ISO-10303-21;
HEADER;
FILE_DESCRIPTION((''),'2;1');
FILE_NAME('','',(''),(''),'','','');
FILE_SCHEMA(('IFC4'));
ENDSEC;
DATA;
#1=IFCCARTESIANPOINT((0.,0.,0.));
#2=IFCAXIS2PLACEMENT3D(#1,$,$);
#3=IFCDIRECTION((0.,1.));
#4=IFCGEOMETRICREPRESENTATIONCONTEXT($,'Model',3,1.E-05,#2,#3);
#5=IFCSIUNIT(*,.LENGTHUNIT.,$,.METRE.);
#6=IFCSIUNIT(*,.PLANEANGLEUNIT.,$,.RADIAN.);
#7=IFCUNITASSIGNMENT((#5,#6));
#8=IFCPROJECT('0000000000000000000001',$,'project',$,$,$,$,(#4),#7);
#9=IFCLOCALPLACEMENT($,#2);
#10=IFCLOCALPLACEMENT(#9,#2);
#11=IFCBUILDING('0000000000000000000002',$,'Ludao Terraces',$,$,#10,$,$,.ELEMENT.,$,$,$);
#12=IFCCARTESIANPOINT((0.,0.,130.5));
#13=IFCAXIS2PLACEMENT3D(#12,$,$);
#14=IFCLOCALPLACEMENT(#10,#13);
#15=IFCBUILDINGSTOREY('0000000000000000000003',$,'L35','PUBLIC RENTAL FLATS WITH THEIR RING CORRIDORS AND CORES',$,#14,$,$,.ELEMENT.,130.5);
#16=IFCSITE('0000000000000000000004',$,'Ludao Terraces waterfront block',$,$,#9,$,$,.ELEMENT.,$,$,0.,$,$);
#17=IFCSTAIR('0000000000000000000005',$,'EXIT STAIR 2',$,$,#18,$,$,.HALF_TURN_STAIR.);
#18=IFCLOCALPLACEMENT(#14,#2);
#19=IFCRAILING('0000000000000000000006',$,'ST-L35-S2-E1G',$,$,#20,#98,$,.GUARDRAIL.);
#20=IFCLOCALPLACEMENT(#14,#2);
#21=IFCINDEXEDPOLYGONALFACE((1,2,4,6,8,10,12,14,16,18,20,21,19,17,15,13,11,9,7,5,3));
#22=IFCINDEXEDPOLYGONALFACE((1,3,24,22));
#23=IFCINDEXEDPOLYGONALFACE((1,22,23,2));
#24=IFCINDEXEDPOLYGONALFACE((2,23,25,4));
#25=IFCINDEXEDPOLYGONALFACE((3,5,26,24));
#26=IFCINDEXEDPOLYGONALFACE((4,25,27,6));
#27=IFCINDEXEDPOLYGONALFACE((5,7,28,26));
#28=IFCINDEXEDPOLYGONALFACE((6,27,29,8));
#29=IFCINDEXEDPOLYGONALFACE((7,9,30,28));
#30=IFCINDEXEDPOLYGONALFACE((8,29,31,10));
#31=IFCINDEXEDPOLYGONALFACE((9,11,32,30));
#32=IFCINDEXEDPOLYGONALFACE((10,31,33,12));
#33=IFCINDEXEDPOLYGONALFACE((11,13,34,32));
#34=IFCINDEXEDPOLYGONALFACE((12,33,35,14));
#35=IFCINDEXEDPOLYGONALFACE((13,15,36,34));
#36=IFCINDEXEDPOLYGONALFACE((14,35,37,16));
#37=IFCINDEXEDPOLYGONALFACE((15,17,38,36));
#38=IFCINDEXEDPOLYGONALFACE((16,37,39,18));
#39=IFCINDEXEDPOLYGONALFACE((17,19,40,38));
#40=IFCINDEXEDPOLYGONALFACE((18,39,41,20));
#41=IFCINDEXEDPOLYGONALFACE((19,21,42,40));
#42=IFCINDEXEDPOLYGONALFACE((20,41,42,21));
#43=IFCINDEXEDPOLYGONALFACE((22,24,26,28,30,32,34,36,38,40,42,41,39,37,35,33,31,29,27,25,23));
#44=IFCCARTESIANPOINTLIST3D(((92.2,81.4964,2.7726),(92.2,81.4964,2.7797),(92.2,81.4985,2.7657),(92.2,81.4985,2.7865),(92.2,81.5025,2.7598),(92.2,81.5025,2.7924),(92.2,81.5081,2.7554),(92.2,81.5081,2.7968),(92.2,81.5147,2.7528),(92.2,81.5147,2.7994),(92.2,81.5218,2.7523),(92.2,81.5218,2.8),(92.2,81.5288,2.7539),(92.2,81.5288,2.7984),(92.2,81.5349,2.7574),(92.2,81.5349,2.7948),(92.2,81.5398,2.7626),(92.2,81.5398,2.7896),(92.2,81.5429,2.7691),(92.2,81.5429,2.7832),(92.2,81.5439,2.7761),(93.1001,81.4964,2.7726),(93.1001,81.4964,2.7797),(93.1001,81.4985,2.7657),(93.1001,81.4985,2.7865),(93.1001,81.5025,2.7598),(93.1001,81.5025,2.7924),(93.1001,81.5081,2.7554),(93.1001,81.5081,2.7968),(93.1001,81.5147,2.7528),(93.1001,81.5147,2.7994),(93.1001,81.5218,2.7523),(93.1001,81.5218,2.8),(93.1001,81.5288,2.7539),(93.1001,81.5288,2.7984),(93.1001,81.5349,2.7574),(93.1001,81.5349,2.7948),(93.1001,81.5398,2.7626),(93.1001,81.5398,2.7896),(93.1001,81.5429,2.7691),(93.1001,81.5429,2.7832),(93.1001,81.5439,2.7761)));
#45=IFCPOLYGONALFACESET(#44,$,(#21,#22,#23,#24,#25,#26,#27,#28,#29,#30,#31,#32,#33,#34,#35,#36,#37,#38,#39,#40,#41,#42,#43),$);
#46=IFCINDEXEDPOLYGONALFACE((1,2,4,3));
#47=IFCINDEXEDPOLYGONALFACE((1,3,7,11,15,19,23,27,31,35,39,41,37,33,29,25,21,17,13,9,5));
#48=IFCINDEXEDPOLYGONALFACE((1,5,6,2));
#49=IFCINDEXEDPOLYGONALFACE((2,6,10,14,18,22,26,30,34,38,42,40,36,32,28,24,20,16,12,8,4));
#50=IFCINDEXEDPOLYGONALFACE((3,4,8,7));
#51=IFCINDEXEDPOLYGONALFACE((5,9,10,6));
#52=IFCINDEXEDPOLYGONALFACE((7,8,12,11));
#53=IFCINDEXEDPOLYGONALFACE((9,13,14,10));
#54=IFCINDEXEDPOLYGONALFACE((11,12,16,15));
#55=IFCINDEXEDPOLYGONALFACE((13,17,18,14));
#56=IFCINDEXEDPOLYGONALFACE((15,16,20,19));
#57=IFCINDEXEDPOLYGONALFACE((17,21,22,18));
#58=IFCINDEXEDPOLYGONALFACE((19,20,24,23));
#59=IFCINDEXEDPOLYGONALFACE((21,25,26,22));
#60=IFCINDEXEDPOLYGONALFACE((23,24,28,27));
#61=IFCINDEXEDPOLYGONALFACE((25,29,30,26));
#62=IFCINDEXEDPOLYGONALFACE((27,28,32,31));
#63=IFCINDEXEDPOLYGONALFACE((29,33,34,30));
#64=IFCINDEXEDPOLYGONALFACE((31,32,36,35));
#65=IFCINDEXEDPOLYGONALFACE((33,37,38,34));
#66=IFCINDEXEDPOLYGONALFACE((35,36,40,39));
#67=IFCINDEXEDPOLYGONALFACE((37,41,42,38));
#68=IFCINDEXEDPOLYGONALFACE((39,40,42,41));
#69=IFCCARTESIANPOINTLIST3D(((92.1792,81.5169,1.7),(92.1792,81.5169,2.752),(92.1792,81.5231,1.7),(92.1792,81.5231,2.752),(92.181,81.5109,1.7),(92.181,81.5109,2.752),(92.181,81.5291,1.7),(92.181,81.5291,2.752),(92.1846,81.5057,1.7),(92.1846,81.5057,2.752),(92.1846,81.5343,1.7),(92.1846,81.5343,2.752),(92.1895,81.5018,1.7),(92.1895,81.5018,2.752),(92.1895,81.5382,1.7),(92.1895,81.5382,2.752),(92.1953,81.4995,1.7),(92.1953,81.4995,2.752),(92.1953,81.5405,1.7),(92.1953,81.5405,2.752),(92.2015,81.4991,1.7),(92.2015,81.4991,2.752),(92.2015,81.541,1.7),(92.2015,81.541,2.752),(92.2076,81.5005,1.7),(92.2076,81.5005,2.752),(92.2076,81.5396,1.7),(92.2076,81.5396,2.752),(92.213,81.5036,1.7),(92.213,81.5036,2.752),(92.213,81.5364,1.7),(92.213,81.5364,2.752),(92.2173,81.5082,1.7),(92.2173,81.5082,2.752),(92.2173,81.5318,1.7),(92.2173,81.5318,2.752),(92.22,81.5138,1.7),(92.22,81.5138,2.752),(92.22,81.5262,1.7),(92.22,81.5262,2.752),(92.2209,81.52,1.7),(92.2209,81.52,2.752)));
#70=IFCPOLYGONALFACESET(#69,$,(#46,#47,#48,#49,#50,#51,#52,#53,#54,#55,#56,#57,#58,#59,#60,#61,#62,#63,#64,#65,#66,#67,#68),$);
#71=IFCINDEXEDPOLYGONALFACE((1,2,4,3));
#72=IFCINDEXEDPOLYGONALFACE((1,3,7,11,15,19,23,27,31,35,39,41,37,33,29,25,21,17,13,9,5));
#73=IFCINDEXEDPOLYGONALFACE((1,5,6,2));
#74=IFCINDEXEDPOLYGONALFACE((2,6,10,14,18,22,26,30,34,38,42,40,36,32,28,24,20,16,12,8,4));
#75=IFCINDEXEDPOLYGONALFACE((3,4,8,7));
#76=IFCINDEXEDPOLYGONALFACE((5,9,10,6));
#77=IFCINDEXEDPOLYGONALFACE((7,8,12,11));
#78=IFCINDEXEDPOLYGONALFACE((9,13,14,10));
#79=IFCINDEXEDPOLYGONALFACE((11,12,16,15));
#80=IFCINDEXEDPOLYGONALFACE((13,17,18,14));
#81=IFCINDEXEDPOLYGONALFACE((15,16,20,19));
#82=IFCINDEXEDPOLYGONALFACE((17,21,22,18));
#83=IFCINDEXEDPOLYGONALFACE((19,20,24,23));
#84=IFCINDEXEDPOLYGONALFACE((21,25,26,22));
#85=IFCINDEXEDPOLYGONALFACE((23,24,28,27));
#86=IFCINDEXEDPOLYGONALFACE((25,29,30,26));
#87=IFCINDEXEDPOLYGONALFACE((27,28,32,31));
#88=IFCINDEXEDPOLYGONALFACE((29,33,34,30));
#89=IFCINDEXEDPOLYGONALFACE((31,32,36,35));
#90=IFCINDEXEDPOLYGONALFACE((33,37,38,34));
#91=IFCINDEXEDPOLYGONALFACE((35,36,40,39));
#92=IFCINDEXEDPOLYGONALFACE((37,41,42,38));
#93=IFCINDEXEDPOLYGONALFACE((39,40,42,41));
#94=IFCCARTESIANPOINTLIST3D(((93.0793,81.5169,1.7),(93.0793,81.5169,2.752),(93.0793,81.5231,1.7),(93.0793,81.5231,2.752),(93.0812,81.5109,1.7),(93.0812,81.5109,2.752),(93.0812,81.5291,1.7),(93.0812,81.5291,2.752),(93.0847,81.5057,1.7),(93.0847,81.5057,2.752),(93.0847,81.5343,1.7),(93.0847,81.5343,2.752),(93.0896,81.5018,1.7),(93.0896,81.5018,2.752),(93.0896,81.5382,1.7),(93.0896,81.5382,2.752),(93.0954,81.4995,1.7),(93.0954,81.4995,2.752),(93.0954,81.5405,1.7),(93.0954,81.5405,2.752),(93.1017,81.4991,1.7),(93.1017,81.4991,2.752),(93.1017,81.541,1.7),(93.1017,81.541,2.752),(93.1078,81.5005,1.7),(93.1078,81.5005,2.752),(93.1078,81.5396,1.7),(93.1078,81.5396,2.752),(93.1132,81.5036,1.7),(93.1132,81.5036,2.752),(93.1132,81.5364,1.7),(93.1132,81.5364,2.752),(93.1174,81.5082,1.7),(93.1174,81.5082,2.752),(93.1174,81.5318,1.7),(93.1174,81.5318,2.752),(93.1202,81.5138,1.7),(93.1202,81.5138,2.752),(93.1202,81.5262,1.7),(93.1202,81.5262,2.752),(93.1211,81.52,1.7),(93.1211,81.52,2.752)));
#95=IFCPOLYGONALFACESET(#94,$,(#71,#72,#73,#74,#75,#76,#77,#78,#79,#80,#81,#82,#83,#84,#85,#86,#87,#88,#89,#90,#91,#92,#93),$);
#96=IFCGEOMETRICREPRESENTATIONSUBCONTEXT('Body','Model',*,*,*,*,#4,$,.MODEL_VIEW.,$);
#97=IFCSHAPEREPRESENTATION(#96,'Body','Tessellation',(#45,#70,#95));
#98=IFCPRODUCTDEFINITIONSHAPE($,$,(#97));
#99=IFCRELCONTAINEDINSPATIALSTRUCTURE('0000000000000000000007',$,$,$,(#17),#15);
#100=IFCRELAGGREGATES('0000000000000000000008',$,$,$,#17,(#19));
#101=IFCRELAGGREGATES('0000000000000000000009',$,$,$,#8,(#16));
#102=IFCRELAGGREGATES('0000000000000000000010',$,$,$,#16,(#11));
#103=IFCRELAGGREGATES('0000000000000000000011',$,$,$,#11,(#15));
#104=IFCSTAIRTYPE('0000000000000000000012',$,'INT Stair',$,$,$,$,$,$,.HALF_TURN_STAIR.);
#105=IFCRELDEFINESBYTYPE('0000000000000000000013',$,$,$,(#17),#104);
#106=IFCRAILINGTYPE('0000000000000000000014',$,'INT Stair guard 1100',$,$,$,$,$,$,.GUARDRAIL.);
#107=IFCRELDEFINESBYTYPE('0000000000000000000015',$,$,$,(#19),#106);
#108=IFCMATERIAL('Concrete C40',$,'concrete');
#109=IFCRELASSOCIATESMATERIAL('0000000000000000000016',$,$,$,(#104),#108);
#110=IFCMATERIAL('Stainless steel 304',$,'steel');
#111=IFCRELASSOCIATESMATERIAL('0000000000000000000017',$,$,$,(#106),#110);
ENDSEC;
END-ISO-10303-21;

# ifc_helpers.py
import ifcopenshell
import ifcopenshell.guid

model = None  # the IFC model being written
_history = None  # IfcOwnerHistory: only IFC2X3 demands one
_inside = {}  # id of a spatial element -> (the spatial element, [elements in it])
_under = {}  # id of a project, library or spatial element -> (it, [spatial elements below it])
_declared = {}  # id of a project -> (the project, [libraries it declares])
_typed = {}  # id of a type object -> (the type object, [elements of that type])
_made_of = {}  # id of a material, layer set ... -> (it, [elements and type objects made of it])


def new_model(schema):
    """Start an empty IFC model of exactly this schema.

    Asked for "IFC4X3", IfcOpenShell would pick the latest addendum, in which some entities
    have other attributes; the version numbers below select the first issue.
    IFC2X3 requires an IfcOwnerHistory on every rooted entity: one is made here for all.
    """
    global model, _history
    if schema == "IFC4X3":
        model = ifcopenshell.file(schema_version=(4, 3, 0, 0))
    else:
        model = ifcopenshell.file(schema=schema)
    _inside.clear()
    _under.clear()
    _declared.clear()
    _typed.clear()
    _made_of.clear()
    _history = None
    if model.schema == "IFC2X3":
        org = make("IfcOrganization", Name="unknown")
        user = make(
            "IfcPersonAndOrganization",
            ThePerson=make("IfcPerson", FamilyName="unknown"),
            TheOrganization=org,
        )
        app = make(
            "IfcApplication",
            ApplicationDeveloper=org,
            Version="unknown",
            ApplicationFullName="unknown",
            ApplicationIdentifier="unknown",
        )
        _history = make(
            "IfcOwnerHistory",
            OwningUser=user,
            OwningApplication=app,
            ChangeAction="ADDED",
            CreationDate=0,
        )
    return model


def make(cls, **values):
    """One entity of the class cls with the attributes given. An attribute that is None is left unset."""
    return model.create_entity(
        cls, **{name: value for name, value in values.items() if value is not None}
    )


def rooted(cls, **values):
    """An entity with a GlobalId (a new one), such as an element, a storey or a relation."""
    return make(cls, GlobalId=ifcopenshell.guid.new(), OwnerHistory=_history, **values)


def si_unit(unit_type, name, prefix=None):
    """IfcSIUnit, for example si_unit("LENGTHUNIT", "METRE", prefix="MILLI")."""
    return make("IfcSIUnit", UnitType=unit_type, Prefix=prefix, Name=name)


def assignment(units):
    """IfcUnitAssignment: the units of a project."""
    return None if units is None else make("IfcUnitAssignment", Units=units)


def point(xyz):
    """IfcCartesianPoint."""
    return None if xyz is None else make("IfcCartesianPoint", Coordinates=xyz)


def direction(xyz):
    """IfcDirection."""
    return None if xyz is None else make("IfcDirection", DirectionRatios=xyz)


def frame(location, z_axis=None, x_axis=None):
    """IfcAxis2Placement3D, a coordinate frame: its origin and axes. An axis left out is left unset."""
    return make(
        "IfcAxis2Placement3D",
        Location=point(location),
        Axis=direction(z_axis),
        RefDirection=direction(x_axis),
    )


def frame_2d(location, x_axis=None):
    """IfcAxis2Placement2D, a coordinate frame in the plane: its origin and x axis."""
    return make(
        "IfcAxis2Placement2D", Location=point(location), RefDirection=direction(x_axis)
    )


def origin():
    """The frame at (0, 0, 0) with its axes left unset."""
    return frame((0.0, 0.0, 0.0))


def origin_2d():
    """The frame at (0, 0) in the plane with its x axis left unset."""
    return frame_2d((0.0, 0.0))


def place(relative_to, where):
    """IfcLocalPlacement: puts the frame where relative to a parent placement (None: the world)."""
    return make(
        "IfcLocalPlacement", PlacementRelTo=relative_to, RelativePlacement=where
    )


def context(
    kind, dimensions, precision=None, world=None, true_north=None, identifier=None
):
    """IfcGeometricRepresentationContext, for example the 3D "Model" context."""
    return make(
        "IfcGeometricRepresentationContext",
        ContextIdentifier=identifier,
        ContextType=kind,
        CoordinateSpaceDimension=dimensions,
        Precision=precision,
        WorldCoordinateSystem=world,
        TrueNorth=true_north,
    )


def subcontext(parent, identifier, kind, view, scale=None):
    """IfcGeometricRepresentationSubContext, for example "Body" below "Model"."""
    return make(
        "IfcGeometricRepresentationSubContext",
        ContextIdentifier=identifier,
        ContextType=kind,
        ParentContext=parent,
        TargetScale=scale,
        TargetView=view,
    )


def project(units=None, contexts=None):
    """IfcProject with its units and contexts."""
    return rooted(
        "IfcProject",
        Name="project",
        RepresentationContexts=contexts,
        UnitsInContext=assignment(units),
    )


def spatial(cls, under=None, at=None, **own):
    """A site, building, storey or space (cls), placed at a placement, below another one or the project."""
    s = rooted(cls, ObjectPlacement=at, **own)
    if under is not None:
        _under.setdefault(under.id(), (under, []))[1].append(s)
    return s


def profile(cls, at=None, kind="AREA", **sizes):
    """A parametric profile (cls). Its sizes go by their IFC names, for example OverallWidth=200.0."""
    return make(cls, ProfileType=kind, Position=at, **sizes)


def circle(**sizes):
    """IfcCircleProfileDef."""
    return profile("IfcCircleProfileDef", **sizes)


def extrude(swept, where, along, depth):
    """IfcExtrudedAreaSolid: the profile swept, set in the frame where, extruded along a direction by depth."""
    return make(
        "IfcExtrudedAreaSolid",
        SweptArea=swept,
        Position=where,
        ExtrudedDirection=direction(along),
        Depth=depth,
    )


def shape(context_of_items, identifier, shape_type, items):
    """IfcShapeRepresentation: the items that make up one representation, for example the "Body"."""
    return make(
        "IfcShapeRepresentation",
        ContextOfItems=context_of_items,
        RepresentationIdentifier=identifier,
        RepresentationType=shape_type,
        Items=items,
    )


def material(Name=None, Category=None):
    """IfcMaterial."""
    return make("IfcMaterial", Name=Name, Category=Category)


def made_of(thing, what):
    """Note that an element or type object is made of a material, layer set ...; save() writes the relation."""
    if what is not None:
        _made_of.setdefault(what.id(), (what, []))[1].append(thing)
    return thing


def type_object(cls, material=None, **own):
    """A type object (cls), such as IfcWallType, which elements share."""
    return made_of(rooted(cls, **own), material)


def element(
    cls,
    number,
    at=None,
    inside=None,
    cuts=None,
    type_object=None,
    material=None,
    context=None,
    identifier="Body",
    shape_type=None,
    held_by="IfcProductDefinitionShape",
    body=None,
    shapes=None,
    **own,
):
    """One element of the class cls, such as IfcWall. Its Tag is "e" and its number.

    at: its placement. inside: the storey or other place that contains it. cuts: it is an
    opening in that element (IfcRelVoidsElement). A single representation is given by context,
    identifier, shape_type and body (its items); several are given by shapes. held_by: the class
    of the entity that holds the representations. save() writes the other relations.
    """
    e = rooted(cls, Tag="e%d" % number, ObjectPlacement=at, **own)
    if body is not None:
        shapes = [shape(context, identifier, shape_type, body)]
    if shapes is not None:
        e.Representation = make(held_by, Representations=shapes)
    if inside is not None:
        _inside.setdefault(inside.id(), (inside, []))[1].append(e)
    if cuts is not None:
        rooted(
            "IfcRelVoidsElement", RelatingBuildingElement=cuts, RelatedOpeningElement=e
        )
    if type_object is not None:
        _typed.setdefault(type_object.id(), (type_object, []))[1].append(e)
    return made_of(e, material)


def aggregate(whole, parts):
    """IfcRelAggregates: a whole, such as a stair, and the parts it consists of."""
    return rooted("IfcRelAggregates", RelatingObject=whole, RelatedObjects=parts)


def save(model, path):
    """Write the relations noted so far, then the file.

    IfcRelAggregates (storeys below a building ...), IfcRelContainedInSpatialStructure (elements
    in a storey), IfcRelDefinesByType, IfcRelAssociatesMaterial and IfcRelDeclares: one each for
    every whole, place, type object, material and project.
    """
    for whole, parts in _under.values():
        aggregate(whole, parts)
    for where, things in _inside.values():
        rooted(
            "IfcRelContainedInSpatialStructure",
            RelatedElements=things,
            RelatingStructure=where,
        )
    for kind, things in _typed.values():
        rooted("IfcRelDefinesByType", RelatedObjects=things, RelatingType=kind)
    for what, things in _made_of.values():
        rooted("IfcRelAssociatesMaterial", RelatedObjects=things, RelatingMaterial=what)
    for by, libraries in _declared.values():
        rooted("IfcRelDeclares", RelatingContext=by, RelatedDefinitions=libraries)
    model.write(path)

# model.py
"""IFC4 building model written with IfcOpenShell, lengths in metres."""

from ifc_helpers import new_model, si_unit, direction, frame, origin, origin_2d, place, context, subcontext, project, spatial, circle, extrude, material, type_object, element, aggregate, save


model = new_model("IFC4")

# Units and contexts
model_context = context("Model", 3, precision=1e-05, world=origin(), true_north=direction((0.0, 1.0)))
body_context = subcontext(model_context, "Body", "Model", "MODEL_VIEW")
ifc_project = project(units=[si_unit("LENGTHUNIT", "METRE"), si_unit("PLANEANGLEUNIT", "RADIAN")], contexts=[model_context])

# Site, building, storey
site_placement = place(None, origin())
site = spatial("IfcSite", under=ifc_project, at=site_placement, Name="Ludao Terraces waterfront block", CompositionType="ELEMENT", RefElevation=0.0)
building_placement = place(site_placement, origin())
building = spatial("IfcBuilding", under=site, at=building_placement, Name="Ludao Terraces", CompositionType="ELEMENT")
storey_placement = place(building_placement, frame((0.0, 0.0, 130.5)))
storey = spatial("IfcBuildingStorey", under=building, at=storey_placement, Name="L35", Description="PUBLIC RENTAL FLATS WITH THEIR RING CORRIDORS AND CORES", CompositionType="ELEMENT", Elevation=130.5)

# Stair, railing
ifc_material_1 = material(Name="Concrete C40", Category="concrete")
stair_type = type_object("IfcStairType", Name="INT Stair", PredefinedType="HALF_TURN_STAIR", material=ifc_material_1)
stair_placement = place(storey_placement, origin())
stair = element("IfcStair", 1, at=stair_placement, inside=storey, type_object=stair_type, Name="EXIT STAIR 2", PredefinedType="HALF_TURN_STAIR")
ifc_material_2 = material(Name="Stainless steel 304", Category="steel")
railing_type_1 = type_object("IfcRailingType", Name="INT Stair guard 1100", PredefinedType="GUARDRAIL", material=ifc_material_2)
railing_1_placement = place(storey_placement, frame((92.2, 81.52, 1.7)))
railing_1 = element("IfcRailing", 2, at=railing_1_placement, type_object=railing_type_1, Name="ST-L35-S2-E1G", PredefinedType="GUARDRAIL", context=body_context, shape_type="SweptSolid", body=[
    extrude(circle(Radius=0.0239, at=origin_2d()), frame((0.0, 0.0, 1.0762), z_axis=(1.0, 0.0, 0.0), x_axis=(0.0, 1.0, 0.0)), (0.0, 0.0, 1.0), 0.9001),
    extrude(circle(Radius=0.021, at=origin_2d()), origin(), (0.0, 0.0, 1.0), 1.052),
    extrude(circle(Radius=0.021, at=origin_2d()), frame((0.9001, 0.0, 0.0)), (0.0, 0.0, 1.0), 1.052),
])
aggregate(stair, [railing_1])

save(model, "model.ifc")
